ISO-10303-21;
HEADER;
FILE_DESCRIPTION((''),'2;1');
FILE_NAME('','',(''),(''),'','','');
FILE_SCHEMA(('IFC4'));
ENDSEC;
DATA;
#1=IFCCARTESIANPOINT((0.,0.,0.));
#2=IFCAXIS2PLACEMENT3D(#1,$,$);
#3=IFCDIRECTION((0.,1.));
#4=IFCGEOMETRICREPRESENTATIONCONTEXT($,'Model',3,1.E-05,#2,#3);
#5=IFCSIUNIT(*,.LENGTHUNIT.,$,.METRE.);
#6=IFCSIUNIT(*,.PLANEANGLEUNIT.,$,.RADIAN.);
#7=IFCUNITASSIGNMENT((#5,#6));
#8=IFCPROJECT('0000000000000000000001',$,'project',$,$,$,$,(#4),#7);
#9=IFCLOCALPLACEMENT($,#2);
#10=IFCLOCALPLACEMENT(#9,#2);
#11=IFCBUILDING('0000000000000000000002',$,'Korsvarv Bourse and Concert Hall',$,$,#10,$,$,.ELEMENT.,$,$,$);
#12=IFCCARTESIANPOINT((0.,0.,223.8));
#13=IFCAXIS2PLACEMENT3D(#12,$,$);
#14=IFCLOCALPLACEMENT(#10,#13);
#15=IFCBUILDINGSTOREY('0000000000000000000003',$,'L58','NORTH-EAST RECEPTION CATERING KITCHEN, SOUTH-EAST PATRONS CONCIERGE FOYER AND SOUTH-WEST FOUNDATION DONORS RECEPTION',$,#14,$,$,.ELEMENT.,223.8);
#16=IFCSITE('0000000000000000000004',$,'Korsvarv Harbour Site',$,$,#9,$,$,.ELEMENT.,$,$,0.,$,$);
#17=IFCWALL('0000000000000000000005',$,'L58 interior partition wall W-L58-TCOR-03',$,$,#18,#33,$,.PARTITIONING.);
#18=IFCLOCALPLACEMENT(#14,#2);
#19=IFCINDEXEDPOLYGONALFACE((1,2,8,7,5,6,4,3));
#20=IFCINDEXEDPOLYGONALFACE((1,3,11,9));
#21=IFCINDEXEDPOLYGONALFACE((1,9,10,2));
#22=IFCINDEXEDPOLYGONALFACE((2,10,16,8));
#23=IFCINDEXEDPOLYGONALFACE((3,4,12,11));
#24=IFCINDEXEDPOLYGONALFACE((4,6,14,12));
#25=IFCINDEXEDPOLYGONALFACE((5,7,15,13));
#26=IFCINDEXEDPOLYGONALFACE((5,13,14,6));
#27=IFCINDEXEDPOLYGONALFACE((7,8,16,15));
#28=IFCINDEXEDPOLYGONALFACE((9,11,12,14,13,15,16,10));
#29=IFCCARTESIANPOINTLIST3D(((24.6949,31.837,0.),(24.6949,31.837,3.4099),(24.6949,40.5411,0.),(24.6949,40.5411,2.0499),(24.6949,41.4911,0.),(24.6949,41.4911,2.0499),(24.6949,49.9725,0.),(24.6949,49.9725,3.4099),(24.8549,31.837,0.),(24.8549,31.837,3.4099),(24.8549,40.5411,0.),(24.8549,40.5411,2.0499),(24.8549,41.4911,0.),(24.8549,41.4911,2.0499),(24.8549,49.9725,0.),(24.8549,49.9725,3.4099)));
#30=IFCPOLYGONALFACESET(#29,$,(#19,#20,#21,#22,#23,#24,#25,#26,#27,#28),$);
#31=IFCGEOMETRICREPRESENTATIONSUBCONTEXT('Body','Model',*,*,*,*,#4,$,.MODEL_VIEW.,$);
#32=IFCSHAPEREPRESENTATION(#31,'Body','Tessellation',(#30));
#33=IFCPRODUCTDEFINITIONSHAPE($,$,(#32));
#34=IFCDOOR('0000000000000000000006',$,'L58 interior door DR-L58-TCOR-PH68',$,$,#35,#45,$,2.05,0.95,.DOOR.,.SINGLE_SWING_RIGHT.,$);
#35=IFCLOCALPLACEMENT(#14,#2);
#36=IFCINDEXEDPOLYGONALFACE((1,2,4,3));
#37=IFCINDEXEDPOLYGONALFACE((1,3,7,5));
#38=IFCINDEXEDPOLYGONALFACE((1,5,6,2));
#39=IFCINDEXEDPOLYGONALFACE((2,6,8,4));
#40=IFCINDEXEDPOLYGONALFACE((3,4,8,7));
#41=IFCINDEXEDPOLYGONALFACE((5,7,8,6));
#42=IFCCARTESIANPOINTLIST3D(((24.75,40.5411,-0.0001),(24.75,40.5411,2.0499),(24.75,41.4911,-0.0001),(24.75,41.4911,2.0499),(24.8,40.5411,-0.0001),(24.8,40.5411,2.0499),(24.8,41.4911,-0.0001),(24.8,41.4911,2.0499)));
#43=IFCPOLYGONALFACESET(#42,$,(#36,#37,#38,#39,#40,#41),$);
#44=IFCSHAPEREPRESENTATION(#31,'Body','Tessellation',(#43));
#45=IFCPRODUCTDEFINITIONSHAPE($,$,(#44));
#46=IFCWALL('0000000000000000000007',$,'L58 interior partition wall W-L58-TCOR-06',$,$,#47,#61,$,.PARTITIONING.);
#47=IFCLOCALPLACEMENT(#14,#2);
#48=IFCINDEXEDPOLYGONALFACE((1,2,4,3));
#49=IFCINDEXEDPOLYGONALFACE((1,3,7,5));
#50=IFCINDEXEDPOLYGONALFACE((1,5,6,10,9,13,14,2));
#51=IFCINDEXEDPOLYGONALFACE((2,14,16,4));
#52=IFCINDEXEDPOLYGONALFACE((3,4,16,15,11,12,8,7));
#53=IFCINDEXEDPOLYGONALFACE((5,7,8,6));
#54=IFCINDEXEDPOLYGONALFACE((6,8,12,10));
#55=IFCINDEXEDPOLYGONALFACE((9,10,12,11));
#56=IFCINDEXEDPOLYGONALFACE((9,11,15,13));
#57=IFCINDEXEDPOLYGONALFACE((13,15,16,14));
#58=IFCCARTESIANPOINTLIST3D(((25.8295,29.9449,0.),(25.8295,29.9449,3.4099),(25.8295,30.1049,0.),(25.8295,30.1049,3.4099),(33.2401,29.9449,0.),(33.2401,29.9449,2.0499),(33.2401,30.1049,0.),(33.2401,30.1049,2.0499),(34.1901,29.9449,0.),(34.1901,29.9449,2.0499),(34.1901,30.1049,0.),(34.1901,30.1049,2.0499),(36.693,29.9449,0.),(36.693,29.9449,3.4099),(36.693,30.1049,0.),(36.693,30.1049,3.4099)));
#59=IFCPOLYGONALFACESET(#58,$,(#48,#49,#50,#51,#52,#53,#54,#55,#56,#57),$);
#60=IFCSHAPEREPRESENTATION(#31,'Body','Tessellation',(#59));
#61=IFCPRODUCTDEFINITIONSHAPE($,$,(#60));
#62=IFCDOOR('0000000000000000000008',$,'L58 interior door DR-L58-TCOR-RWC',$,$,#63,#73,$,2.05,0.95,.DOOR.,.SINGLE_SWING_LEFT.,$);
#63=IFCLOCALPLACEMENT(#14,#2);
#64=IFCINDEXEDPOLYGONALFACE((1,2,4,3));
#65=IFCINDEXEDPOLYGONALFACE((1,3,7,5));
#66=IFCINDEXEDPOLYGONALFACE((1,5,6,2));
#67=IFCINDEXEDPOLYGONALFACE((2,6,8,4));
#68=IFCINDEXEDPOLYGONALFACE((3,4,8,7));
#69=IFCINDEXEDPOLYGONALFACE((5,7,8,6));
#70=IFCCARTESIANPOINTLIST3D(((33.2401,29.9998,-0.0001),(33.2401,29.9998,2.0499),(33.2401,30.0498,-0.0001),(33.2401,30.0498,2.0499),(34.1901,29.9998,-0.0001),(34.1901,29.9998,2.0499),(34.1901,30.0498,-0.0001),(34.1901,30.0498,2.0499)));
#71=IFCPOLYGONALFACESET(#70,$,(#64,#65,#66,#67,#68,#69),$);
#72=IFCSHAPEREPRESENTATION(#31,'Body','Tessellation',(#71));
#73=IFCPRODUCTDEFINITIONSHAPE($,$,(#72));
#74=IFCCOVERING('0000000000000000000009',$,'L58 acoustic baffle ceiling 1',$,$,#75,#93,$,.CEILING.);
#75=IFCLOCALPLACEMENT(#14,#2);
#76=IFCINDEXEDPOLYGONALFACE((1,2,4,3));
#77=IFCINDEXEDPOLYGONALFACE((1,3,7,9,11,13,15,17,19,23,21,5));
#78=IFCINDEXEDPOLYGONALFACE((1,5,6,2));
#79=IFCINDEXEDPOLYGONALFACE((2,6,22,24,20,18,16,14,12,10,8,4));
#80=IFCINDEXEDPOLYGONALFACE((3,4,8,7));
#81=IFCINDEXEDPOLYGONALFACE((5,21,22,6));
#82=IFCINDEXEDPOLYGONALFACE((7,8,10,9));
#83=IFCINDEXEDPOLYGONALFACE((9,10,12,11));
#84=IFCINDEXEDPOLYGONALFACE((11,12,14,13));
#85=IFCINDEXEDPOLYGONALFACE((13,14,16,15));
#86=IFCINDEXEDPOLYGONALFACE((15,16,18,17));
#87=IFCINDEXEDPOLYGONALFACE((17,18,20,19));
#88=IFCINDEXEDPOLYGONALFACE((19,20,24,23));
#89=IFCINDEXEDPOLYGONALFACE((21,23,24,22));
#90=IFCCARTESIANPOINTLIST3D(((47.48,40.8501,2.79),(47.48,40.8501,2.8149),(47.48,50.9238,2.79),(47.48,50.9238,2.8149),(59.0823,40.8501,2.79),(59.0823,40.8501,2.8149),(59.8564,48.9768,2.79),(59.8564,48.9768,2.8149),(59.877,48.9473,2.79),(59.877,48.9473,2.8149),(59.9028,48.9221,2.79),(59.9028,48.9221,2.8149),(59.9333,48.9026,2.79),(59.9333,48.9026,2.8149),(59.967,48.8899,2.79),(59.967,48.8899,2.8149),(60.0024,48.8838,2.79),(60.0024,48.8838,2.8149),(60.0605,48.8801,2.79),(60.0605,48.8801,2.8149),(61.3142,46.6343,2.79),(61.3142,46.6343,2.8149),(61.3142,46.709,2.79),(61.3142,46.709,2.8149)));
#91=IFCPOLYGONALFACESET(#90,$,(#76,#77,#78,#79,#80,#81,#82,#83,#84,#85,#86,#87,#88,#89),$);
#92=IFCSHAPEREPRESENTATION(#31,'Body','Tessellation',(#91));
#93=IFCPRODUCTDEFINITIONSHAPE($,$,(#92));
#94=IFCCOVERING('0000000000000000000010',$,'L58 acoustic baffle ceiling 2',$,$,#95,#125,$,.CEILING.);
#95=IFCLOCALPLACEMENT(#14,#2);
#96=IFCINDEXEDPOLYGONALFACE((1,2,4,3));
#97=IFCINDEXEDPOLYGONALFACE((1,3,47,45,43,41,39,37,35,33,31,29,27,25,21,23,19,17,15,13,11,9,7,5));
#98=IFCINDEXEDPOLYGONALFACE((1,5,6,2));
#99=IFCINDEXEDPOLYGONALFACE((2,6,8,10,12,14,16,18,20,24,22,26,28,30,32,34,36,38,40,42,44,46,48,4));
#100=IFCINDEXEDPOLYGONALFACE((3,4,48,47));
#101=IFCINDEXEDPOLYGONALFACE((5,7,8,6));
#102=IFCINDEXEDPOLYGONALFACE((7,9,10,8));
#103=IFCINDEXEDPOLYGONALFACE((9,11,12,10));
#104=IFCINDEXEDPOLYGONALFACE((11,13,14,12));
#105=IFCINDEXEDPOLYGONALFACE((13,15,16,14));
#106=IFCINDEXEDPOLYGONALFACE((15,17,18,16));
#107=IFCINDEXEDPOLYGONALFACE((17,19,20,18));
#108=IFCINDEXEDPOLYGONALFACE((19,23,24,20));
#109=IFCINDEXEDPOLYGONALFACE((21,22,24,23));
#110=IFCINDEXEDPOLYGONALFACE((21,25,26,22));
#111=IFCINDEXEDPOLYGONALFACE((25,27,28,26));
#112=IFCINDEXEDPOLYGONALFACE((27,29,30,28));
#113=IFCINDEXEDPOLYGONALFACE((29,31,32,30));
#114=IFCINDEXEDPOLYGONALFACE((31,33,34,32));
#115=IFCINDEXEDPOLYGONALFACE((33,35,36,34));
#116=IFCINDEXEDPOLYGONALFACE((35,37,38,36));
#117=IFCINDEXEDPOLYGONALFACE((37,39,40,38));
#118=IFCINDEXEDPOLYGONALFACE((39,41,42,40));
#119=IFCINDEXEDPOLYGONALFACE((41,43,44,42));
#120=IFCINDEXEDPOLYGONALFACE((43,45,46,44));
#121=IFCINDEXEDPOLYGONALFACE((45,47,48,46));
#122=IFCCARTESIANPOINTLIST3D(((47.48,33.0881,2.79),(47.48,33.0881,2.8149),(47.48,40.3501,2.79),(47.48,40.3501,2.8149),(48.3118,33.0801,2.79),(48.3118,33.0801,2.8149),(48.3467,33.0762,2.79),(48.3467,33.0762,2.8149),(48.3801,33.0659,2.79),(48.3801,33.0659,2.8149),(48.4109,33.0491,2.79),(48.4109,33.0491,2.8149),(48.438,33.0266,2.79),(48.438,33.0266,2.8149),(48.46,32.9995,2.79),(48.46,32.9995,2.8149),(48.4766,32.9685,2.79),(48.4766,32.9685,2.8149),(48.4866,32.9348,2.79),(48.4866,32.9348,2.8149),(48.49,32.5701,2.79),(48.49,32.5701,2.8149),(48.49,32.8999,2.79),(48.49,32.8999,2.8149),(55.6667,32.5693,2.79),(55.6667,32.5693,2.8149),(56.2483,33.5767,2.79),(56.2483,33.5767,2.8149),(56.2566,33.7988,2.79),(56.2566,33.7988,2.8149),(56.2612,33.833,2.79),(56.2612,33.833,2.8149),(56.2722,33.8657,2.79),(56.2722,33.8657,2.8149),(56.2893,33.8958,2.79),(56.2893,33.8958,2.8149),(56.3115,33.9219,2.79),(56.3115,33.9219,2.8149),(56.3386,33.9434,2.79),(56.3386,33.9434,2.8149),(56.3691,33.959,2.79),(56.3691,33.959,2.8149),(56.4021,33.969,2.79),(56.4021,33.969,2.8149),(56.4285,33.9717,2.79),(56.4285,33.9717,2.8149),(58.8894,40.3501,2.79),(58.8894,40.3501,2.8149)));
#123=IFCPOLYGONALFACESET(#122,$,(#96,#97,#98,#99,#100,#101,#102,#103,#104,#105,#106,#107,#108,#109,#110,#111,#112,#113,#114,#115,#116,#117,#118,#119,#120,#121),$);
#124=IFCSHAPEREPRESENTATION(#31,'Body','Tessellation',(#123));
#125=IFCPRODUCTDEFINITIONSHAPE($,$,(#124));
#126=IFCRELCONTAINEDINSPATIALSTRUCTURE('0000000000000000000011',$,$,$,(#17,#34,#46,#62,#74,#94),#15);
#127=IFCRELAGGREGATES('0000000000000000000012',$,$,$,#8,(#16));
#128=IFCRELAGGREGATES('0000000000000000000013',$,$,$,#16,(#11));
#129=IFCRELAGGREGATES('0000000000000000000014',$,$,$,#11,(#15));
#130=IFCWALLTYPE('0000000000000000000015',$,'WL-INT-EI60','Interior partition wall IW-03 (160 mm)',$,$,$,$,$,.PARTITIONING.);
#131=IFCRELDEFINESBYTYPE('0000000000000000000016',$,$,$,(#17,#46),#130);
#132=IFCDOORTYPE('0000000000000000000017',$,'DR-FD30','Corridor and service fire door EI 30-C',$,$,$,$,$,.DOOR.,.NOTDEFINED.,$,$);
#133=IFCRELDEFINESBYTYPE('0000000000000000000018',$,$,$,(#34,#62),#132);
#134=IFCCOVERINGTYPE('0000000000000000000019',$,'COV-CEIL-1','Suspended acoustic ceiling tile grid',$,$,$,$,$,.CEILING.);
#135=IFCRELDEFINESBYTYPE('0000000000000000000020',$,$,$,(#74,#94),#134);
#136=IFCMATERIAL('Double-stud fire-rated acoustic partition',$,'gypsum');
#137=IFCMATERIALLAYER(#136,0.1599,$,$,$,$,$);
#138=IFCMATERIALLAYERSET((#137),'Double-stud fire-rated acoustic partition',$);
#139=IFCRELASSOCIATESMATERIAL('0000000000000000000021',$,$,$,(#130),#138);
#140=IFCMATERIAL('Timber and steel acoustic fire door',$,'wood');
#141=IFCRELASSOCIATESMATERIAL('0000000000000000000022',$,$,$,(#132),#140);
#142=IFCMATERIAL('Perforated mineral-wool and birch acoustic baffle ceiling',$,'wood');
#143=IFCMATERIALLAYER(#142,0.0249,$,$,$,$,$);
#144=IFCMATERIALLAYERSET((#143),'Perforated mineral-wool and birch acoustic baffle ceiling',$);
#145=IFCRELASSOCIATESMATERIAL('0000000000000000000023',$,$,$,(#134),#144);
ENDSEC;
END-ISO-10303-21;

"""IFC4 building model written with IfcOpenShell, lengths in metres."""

from ifc_helpers import new_model, si_unit, direction, frame, frame_2d, origin, place, context, subcontext, project, spatial, polyline, rectangle, outline, extrude, material, layer, layer_set, type_object, element, fill, save


model = new_model("IFC4")

# Units and contexts
model_context = context("Model", 3, precision=1e-05, world=origin(), true_north=direction((0.0, 1.0)))
body_context = subcontext(model_context, "Body", "Model", "MODEL_VIEW")
ifc_project = project(units=[si_unit("LENGTHUNIT", "METRE"), si_unit("PLANEANGLEUNIT", "RADIAN")], contexts=[model_context])

# Site, building, storey
site_placement = place(None, origin())
site = spatial("IfcSite", under=ifc_project, at=site_placement, Name="Korsvarv Harbour Site", CompositionType="ELEMENT", RefElevation=0.0)
building_placement = place(site_placement, origin())
building = spatial("IfcBuilding", under=site, at=building_placement, Name="Korsvarv Bourse and Concert Hall", CompositionType="ELEMENT")
storey_placement = place(building_placement, frame((0.0, 0.0, 223.8)))
storey = spatial("IfcBuildingStorey", under=building, at=storey_placement, Name="L58", Description="NORTH-EAST RECEPTION CATERING KITCHEN, SOUTH-EAST PATRONS CONCIERGE FOYER AND SOUTH-WEST FOUNDATION DONORS RECEPTION", CompositionType="ELEMENT", Elevation=223.8)

# Walls, openings, doors
ifc_material_1 = material(Name="Double-stud fire-rated acoustic partition", Category="gypsum")
ifc_layer_1 = layer(ifc_material_1, 0.1599)
ifc_layer_set_1 = layer_set([ifc_layer_1], Name="Double-stud fire-rated acoustic partition")
wall_type = type_object("IfcWallType", Name="WL-INT-EI60", Description="Interior partition wall IW-03 (160 mm)", PredefinedType="PARTITIONING", material=ifc_layer_set_1)
wall_1_placement = place(storey_placement, frame((24.7749, 31.8369, 0.0), z_axis=(0.0, 0.0, 1.0), x_axis=(0.0, 1.0, 0.0)))
wall_1 = element("IfcWall", 1, at=wall_1_placement, inside=storey, type_object=wall_type, Name="L58 interior partition wall W-L58-TCOR-03", PredefinedType="PARTITIONING", context=body_context, shape_type="SweptSolid", body=[
    extrude(rectangle(XDim=18.1355, YDim=0.1599, at=frame_2d((9.0679, 0.0))), origin(), (0.0, 0.0, 1.0), 3.4099),
])
opening_1_placement = place(wall_1_placement, frame((8.7041, 0.0, 0.0)))
opening_1 = element("IfcOpeningElement", 2, at=opening_1_placement, cuts=wall_1, PredefinedType="OPENING", context=body_context, shape_type="SweptSolid", body=[
    extrude(rectangle(XDim=0.95, YDim=2.05, at=frame_2d((0.4751, 1.0249))), frame((0.0, 0.0898, 0.0), z_axis=(0.0, -1.0, 0.0), x_axis=(1.0, 0.0, 0.0)), (0.0, 0.0, 1.0), 0.1799),
])
ifc_material_2 = material(Name="Timber and steel acoustic fire door", Category="wood")
door_type = type_object("IfcDoorType", Name="DR-FD30", Description="Corridor and service fire door EI 30-C", OperationType="NOTDEFINED", PredefinedType="DOOR", material=ifc_material_2)
door_1_placement = place(opening_1_placement, origin())
door_1 = element("IfcDoor", 3, at=door_1_placement, inside=storey, type_object=door_type, Name="L58 interior door DR-L58-TCOR-PH68", OperationType="SINGLE_SWING_RIGHT", OverallHeight=2.05, OverallWidth=0.95, PredefinedType="DOOR", context=body_context, shape_type="SweptSolid", body=[
    extrude(rectangle(XDim=0.95, YDim=2.05, at=frame_2d((0.4751, 1.0249))), frame((0.0, 0.0249, 0.0), z_axis=(0.0, -1.0, 0.0), x_axis=(1.0, 0.0, 0.0)), (0.0, 0.0, 1.0), 0.05),
])
fill(opening_1, door_1)
wall_2_placement = place(storey_placement, frame((25.8296, 30.0249, 0.0), z_axis=(0.0, 0.0, 1.0), x_axis=(1.0, 0.0, 0.0)))
wall_2 = element("IfcWall", 4, at=wall_2_placement, inside=storey, type_object=wall_type, Name="L58 interior partition wall W-L58-TCOR-06", PredefinedType="PARTITIONING", context=body_context, shape_type="SweptSolid", body=[
    extrude(rectangle(XDim=10.8635, YDim=0.1599, at=frame_2d((5.4316, 0.0))), origin(), (0.0, 0.0, 1.0), 3.4099),
])
opening_2_placement = place(wall_2_placement, frame((7.4104, 0.0, 0.0)))
opening_2 = element("IfcOpeningElement", 5, at=opening_2_placement, cuts=wall_2, PredefinedType="OPENING", context=body_context, shape_type="SweptSolid", body=[
    extrude(rectangle(XDim=0.95, YDim=2.05, at=frame_2d((0.4751, 1.0249))), frame((0.0, 0.0898, 0.0), z_axis=(0.0, -1.0, 0.0), x_axis=(1.0, 0.0, 0.0)), (0.0, 0.0, 1.0), 0.1799),
])
door_2_placement = place(opening_2_placement, origin())
door_2 = element("IfcDoor", 6, at=door_2_placement, inside=storey, type_object=door_type, Name="L58 interior door DR-L58-TCOR-RWC", OperationType="SINGLE_SWING_LEFT", OverallHeight=2.05, OverallWidth=0.95, PredefinedType="DOOR", context=body_context, shape_type="SweptSolid", body=[
    extrude(rectangle(XDim=0.95, YDim=2.05, at=frame_2d((0.4751, 1.0249))), frame((0.0, 0.0249, 0.0), z_axis=(0.0, -1.0, 0.0), x_axis=(1.0, 0.0, 0.0)), (0.0, 0.0, 1.0), 0.05),
])
fill(opening_2, door_2)

# Coverings
ifc_material_3 = material(Name="Perforated mineral-wool and birch acoustic baffle ceiling", Category="wood")
ifc_layer_2 = layer(ifc_material_3, 0.0249)
ifc_layer_set_2 = layer_set([ifc_layer_2], Name="Perforated mineral-wool and birch acoustic baffle ceiling")
covering_type_1 = type_object("IfcCoveringType", Name="COV-CEIL-1", Description="Suspended acoustic ceiling tile grid", PredefinedType="CEILING", material=ifc_layer_set_2)
covering_1_placement = place(storey_placement, frame((0.0, 0.0, 2.79)))
element("IfcCovering", 7, at=covering_1_placement, inside=storey, type_object=covering_type_1, Name="L58 acoustic baffle ceiling 1", PredefinedType="CEILING", context=body_context, shape_type="SweptSolid", body=[
    extrude(outline(polyline([(59.8564, 48.9768), (59.877, 48.9473), (59.9028, 48.9221), (59.9333, 48.9026), (59.967, 48.8899), (60.0024, 48.8838), (60.0605, 48.8801), (61.3142, 46.709), (61.3142, 46.6343), (59.0823, 40.8501), (47.48, 40.8501), (47.48, 50.9238), (59.8564, 48.9768)])), origin(), (0.0, 0.0, 1.0), 0.0249),
])
covering_2_placement = place(storey_placement, frame((0.0, 0.0, 2.79)))
element("IfcCovering", 8, at=covering_2_placement, inside=storey, type_object=covering_type_1, Name="L58 acoustic baffle ceiling 2", PredefinedType="CEILING", context=body_context, shape_type="SweptSolid", body=[
    extrude(outline(polyline([(48.49, 32.5701), (48.49, 32.8999), (48.4866, 32.9348), (48.4766, 32.9685), (48.46, 32.9995), (48.438, 33.0266), (48.4109, 33.0491), (48.3801, 33.0659), (48.3467, 33.0762), (48.3118, 33.0801), (47.48, 33.0881), (47.48, 40.3501), (58.8894, 40.3501), (56.4285, 33.9717), (56.4021, 33.969), (56.3691, 33.959), (56.3386, 33.9434), (56.3115, 33.9219), (56.2893, 33.8958), (56.2722, 33.8657), (56.2612, 33.833), (56.2566, 33.7988), (56.2483, 33.5767), (55.6667, 32.5693), (48.49, 32.5701)])), origin(), (0.0, 0.0, 1.0), 0.0249),
])

save(model, "model.ifc")
